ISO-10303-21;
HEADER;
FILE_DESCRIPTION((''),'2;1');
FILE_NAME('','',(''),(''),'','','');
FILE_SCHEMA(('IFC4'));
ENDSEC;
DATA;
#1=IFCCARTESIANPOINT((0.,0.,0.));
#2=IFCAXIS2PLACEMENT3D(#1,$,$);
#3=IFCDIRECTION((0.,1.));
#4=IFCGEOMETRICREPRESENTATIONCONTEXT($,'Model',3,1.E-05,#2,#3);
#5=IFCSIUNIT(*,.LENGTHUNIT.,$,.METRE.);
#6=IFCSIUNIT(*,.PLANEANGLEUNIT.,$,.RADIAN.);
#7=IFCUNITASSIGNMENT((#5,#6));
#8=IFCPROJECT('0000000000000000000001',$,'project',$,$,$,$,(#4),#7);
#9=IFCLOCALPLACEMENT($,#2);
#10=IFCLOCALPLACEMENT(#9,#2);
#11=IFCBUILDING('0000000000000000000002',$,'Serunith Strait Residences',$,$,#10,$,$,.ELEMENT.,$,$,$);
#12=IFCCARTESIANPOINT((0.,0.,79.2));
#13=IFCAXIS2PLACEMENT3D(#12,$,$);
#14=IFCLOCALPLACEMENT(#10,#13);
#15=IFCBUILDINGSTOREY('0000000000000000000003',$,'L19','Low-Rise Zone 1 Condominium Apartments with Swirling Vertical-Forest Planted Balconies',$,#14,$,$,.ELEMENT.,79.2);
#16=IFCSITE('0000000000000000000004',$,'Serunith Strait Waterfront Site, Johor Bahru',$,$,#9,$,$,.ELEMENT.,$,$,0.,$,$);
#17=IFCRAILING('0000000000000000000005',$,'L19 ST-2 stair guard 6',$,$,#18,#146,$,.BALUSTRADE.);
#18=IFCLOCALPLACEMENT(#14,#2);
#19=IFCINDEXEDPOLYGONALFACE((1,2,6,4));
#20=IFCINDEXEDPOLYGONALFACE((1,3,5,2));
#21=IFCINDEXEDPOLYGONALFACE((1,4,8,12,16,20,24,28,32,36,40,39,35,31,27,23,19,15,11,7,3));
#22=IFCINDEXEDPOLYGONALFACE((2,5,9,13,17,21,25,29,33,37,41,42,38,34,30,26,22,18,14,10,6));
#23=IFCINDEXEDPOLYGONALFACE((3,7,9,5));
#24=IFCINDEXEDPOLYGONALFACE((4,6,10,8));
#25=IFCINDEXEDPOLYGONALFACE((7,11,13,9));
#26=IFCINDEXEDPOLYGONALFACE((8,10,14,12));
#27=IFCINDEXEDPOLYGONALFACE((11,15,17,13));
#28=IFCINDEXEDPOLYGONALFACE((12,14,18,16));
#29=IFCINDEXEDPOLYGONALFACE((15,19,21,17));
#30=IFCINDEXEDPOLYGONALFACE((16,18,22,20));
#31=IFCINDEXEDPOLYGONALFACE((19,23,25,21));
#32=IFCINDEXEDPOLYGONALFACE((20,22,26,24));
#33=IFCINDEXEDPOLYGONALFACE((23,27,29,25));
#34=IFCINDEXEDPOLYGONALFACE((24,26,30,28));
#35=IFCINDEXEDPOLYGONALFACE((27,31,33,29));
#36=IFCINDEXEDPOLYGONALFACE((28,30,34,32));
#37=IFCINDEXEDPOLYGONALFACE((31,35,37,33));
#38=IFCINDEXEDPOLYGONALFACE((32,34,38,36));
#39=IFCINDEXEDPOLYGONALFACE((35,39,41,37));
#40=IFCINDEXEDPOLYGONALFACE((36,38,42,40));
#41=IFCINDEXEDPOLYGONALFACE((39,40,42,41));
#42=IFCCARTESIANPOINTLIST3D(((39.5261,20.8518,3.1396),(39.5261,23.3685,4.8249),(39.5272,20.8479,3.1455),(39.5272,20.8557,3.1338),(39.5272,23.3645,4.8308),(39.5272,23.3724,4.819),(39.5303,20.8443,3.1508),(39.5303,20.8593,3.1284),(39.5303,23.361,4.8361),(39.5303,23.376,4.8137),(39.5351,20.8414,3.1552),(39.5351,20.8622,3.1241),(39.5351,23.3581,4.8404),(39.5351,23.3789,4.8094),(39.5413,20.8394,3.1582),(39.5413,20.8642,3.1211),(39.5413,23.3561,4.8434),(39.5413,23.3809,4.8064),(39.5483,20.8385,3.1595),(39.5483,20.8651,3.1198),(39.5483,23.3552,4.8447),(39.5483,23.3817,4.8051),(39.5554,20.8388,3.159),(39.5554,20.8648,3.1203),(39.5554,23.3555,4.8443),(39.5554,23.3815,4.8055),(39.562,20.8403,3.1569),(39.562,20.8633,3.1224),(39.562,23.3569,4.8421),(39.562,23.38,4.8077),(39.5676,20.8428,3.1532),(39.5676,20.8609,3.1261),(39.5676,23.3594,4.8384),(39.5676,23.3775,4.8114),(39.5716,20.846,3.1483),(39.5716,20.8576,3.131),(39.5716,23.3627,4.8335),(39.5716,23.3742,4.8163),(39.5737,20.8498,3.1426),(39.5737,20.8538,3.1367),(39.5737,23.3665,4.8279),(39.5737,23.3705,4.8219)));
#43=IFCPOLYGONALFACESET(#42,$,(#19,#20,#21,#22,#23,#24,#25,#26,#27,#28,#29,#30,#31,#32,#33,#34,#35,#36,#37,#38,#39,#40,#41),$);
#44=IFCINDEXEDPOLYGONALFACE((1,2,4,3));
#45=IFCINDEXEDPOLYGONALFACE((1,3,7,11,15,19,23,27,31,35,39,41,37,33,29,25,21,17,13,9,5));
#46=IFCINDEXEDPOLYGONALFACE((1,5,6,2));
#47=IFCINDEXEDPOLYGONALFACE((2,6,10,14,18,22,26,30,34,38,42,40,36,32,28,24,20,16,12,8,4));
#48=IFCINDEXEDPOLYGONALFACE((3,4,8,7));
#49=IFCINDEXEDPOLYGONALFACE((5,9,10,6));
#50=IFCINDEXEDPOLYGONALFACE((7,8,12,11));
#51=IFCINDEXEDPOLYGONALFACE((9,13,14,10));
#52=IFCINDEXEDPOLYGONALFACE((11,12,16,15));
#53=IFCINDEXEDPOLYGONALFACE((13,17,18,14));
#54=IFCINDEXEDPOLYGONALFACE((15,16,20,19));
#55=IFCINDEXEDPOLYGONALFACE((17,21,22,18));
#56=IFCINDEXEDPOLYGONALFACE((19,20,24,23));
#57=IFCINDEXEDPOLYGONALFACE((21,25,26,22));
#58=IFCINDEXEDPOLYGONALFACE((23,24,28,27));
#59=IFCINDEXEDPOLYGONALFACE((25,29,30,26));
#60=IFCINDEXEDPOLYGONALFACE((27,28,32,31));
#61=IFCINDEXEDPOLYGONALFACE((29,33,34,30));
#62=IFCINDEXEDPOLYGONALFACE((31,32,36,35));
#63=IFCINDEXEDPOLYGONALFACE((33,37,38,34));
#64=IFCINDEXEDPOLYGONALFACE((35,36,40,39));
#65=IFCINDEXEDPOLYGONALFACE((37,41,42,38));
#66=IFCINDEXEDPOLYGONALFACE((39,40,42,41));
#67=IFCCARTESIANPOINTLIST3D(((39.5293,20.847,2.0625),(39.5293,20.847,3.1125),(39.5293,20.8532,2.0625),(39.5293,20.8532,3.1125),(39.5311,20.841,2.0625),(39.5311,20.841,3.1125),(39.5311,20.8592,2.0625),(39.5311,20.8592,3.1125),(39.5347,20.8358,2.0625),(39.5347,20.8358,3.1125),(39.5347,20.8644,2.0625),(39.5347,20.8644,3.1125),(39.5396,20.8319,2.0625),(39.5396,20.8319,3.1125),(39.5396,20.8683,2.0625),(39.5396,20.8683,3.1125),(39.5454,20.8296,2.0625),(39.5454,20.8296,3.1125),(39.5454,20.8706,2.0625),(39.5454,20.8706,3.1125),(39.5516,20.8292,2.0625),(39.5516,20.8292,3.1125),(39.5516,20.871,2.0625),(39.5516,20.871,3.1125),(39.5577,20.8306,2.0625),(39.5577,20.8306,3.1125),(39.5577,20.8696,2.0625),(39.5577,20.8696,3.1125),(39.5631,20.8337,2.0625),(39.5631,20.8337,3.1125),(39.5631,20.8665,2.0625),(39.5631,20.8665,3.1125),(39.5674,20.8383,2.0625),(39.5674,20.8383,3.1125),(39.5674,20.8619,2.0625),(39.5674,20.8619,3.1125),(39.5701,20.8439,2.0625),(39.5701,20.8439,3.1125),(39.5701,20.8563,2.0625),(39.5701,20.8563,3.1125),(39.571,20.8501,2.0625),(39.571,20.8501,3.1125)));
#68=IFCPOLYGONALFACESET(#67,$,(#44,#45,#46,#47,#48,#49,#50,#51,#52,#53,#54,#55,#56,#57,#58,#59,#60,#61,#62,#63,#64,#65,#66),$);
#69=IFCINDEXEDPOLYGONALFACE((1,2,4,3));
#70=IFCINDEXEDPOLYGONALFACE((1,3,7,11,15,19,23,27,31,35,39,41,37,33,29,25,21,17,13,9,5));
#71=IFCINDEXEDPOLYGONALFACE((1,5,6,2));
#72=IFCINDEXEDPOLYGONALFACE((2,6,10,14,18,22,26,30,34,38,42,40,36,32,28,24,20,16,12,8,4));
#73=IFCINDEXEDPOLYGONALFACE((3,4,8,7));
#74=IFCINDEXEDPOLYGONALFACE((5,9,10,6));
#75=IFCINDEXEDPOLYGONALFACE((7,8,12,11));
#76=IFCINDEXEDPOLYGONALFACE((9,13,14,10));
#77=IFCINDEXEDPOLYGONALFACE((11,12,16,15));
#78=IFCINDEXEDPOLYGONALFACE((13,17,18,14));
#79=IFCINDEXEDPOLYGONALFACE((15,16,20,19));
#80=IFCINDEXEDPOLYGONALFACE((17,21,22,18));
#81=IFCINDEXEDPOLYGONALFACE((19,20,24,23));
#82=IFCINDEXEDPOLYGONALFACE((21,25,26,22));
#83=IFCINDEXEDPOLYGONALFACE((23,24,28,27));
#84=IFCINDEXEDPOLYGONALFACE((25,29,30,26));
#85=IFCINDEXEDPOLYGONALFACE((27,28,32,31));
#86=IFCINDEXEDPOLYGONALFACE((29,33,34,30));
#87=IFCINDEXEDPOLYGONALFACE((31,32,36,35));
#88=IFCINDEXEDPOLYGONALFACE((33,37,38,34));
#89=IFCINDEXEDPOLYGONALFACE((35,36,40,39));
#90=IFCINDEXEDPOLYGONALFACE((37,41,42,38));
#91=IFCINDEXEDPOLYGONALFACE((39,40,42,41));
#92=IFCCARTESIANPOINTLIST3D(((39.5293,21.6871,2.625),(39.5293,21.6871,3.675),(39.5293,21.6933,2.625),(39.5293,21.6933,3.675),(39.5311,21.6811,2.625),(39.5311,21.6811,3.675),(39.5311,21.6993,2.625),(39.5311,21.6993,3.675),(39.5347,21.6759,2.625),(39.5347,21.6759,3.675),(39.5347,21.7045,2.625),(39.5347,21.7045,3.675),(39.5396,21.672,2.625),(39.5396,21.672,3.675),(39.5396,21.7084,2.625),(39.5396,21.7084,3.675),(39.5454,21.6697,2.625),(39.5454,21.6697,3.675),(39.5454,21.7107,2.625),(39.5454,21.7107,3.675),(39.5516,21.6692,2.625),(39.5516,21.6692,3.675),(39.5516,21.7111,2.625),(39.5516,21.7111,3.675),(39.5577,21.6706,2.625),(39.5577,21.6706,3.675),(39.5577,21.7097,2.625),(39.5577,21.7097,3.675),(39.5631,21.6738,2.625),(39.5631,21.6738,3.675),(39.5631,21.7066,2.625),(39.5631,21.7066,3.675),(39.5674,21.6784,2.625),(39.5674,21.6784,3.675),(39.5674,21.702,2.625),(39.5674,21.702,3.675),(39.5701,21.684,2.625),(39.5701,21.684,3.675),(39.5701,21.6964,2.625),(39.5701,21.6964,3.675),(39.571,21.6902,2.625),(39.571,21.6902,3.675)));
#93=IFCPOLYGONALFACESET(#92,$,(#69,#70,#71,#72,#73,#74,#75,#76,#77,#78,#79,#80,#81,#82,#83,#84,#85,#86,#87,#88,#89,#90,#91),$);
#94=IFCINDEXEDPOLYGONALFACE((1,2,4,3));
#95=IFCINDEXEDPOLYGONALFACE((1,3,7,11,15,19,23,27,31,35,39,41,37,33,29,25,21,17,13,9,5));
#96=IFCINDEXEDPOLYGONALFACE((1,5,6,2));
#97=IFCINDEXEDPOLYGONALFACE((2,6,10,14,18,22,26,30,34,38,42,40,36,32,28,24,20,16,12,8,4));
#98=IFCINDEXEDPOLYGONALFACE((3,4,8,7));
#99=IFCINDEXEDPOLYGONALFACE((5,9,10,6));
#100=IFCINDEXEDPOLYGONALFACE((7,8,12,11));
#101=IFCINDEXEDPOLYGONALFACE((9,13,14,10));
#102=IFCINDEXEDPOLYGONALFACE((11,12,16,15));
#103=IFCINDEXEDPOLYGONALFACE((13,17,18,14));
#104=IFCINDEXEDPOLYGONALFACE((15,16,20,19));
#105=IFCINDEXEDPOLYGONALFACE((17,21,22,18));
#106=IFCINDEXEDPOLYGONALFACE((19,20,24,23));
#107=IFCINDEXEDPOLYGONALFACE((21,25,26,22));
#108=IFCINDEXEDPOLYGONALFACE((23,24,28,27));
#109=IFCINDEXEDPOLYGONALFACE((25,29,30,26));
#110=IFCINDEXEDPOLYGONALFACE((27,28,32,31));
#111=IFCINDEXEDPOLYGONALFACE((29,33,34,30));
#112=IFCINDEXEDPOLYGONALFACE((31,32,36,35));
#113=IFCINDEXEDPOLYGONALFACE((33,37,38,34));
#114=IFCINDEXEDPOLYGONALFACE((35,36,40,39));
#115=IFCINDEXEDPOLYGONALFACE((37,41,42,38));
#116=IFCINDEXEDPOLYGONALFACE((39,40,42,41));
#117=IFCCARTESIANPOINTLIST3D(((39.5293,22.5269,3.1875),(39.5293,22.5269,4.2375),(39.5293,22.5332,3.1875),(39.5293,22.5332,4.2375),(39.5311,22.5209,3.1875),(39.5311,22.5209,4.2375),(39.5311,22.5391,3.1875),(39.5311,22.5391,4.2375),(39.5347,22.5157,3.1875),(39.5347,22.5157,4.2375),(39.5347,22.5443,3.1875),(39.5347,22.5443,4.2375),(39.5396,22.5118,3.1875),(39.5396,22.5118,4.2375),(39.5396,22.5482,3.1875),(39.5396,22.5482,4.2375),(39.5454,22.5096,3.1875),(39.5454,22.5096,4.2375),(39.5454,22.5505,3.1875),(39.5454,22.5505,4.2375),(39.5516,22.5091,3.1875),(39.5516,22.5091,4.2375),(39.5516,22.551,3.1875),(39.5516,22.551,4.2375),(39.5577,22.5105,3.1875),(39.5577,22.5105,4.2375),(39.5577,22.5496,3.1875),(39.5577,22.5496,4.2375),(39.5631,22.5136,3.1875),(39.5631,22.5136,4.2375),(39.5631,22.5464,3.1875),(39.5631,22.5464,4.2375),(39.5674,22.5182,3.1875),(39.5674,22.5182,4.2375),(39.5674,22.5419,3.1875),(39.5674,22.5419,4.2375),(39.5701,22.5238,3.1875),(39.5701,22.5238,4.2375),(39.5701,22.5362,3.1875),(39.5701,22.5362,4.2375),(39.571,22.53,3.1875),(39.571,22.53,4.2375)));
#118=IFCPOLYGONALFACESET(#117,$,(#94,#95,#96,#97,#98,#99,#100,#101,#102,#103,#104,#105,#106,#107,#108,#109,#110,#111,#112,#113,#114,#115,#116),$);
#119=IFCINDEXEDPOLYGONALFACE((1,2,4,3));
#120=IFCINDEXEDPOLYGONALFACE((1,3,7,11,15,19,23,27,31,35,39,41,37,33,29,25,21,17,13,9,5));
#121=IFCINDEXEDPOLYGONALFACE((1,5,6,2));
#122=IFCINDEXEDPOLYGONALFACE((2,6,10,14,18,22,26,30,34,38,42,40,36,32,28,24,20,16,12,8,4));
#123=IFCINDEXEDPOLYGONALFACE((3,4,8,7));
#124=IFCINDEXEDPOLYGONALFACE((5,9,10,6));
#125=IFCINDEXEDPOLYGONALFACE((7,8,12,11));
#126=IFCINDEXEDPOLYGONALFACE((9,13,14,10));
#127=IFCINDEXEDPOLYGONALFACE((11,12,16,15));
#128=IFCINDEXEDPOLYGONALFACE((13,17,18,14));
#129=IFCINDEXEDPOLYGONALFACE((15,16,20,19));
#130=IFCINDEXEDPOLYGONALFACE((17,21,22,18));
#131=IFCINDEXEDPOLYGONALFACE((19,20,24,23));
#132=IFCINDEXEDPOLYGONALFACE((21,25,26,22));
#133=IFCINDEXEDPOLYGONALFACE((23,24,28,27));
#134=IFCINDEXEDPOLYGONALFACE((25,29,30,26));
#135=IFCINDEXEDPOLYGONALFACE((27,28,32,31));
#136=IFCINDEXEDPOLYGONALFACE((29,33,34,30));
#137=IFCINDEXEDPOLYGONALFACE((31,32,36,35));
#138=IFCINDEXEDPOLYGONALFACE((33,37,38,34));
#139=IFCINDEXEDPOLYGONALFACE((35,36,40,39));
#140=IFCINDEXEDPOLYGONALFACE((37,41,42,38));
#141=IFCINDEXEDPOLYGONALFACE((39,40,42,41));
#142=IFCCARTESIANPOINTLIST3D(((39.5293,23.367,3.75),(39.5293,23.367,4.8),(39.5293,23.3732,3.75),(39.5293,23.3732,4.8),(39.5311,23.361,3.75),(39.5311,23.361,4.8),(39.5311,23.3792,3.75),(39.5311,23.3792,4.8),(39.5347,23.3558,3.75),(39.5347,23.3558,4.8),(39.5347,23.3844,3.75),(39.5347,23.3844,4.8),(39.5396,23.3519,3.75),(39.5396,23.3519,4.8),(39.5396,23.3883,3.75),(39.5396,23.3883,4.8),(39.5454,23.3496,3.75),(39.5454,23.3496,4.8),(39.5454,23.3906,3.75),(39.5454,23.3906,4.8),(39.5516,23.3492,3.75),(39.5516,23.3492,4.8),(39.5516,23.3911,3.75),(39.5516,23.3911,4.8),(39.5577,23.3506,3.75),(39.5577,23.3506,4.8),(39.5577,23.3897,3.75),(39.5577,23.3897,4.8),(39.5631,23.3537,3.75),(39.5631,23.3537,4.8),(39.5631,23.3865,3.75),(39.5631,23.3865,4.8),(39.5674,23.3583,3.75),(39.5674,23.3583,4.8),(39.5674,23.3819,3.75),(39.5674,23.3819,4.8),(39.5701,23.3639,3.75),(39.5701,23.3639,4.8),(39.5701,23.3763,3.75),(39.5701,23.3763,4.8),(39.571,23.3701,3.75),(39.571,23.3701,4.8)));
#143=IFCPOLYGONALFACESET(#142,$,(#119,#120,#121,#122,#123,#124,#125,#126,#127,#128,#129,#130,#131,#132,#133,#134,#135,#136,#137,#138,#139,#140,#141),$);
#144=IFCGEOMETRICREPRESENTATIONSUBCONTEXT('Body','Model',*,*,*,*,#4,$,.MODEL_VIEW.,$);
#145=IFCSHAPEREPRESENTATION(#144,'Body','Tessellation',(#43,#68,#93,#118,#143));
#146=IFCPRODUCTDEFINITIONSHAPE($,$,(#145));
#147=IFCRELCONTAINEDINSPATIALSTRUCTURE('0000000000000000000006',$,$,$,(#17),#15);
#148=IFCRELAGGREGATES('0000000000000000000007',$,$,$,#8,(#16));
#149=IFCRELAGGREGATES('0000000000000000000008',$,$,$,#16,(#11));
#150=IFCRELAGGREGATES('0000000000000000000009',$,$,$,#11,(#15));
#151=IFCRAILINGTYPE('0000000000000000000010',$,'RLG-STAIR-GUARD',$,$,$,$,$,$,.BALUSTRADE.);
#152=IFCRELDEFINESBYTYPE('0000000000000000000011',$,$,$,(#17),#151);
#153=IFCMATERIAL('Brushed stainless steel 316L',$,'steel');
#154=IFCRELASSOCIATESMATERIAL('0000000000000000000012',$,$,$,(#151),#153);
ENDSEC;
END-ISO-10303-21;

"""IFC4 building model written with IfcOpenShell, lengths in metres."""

from ifc_helpers import new_model, si_unit, direction, frame, origin, origin_2d, place, context, subcontext, project, spatial, circle, extrude, material, type_object, element, save


model = new_model("IFC4")

# Units and contexts
model_context = context("Model", 3, precision=1e-05, world=origin(), true_north=direction((0.0, 1.0)))
body_context = subcontext(model_context, "Body", "Model", "MODEL_VIEW")
ifc_project = project(units=[si_unit("LENGTHUNIT", "METRE"), si_unit("PLANEANGLEUNIT", "RADIAN")], contexts=[model_context])

# Site, building, storey
site_placement = place(None, origin())
site = spatial("IfcSite", under=ifc_project, at=site_placement, Name="Serunith Strait Waterfront Site, Johor Bahru", CompositionType="ELEMENT", RefElevation=0.0)
building_placement = place(site_placement, origin())
building = spatial("IfcBuilding", under=site, at=building_placement, Name="Serunith Strait Residences", CompositionType="ELEMENT")
storey_placement = place(building_placement, frame((0.0, 0.0, 79.2)))
storey = spatial("IfcBuildingStorey", under=building, at=storey_placement, Name="L19", Description="Low-Rise Zone 1 Condominium Apartments with Swirling Vertical-Forest Planted Balconies", CompositionType="ELEMENT", Elevation=79.2)

# Railing
ifc_material_1 = material(Name="Brushed stainless steel 316L", Category="steel")
railing_type_1 = type_object("IfcRailingType", Name="RLG-STAIR-GUARD", PredefinedType="BALUSTRADE", material=ifc_material_1)
railing_1_placement = place(storey_placement, frame((39.55, 20.8501, 2.0625)))
element("IfcRailing", 1, at=railing_1_placement, inside=storey, type_object=railing_type_1, Name="L19 ST-2 stair guard 6", PredefinedType="BALUSTRADE", context=body_context, shape_type="SweptSolid", body=[
    extrude(circle(Radius=0.0239, at=origin_2d()), frame((0.0, 0.0017, 1.0771), z_axis=(0.0, 0.830909, 0.556408), x_axis=(-1.0, 0.0, 0.0)), (0.0, 0.0, 1.0), 3.0288),
    extrude(circle(Radius=0.021, at=origin_2d()), origin(), (0.0, 0.0, 1.0), 1.05),
    extrude(circle(Radius=0.021, at=origin_2d()), frame((0.0, 0.8401, 0.5625)), (0.0, 0.0, 1.0), 1.05),
    extrude(circle(Radius=0.021, at=origin_2d()), frame((0.0, 1.6799, 1.125)), (0.0, 0.0, 1.0), 1.05),
    extrude(circle(Radius=0.021, at=origin_2d()), frame((0.0, 2.52, 1.6875)), (0.0, 0.0, 1.0), 1.05),
])

save(model, "model.ifc")
